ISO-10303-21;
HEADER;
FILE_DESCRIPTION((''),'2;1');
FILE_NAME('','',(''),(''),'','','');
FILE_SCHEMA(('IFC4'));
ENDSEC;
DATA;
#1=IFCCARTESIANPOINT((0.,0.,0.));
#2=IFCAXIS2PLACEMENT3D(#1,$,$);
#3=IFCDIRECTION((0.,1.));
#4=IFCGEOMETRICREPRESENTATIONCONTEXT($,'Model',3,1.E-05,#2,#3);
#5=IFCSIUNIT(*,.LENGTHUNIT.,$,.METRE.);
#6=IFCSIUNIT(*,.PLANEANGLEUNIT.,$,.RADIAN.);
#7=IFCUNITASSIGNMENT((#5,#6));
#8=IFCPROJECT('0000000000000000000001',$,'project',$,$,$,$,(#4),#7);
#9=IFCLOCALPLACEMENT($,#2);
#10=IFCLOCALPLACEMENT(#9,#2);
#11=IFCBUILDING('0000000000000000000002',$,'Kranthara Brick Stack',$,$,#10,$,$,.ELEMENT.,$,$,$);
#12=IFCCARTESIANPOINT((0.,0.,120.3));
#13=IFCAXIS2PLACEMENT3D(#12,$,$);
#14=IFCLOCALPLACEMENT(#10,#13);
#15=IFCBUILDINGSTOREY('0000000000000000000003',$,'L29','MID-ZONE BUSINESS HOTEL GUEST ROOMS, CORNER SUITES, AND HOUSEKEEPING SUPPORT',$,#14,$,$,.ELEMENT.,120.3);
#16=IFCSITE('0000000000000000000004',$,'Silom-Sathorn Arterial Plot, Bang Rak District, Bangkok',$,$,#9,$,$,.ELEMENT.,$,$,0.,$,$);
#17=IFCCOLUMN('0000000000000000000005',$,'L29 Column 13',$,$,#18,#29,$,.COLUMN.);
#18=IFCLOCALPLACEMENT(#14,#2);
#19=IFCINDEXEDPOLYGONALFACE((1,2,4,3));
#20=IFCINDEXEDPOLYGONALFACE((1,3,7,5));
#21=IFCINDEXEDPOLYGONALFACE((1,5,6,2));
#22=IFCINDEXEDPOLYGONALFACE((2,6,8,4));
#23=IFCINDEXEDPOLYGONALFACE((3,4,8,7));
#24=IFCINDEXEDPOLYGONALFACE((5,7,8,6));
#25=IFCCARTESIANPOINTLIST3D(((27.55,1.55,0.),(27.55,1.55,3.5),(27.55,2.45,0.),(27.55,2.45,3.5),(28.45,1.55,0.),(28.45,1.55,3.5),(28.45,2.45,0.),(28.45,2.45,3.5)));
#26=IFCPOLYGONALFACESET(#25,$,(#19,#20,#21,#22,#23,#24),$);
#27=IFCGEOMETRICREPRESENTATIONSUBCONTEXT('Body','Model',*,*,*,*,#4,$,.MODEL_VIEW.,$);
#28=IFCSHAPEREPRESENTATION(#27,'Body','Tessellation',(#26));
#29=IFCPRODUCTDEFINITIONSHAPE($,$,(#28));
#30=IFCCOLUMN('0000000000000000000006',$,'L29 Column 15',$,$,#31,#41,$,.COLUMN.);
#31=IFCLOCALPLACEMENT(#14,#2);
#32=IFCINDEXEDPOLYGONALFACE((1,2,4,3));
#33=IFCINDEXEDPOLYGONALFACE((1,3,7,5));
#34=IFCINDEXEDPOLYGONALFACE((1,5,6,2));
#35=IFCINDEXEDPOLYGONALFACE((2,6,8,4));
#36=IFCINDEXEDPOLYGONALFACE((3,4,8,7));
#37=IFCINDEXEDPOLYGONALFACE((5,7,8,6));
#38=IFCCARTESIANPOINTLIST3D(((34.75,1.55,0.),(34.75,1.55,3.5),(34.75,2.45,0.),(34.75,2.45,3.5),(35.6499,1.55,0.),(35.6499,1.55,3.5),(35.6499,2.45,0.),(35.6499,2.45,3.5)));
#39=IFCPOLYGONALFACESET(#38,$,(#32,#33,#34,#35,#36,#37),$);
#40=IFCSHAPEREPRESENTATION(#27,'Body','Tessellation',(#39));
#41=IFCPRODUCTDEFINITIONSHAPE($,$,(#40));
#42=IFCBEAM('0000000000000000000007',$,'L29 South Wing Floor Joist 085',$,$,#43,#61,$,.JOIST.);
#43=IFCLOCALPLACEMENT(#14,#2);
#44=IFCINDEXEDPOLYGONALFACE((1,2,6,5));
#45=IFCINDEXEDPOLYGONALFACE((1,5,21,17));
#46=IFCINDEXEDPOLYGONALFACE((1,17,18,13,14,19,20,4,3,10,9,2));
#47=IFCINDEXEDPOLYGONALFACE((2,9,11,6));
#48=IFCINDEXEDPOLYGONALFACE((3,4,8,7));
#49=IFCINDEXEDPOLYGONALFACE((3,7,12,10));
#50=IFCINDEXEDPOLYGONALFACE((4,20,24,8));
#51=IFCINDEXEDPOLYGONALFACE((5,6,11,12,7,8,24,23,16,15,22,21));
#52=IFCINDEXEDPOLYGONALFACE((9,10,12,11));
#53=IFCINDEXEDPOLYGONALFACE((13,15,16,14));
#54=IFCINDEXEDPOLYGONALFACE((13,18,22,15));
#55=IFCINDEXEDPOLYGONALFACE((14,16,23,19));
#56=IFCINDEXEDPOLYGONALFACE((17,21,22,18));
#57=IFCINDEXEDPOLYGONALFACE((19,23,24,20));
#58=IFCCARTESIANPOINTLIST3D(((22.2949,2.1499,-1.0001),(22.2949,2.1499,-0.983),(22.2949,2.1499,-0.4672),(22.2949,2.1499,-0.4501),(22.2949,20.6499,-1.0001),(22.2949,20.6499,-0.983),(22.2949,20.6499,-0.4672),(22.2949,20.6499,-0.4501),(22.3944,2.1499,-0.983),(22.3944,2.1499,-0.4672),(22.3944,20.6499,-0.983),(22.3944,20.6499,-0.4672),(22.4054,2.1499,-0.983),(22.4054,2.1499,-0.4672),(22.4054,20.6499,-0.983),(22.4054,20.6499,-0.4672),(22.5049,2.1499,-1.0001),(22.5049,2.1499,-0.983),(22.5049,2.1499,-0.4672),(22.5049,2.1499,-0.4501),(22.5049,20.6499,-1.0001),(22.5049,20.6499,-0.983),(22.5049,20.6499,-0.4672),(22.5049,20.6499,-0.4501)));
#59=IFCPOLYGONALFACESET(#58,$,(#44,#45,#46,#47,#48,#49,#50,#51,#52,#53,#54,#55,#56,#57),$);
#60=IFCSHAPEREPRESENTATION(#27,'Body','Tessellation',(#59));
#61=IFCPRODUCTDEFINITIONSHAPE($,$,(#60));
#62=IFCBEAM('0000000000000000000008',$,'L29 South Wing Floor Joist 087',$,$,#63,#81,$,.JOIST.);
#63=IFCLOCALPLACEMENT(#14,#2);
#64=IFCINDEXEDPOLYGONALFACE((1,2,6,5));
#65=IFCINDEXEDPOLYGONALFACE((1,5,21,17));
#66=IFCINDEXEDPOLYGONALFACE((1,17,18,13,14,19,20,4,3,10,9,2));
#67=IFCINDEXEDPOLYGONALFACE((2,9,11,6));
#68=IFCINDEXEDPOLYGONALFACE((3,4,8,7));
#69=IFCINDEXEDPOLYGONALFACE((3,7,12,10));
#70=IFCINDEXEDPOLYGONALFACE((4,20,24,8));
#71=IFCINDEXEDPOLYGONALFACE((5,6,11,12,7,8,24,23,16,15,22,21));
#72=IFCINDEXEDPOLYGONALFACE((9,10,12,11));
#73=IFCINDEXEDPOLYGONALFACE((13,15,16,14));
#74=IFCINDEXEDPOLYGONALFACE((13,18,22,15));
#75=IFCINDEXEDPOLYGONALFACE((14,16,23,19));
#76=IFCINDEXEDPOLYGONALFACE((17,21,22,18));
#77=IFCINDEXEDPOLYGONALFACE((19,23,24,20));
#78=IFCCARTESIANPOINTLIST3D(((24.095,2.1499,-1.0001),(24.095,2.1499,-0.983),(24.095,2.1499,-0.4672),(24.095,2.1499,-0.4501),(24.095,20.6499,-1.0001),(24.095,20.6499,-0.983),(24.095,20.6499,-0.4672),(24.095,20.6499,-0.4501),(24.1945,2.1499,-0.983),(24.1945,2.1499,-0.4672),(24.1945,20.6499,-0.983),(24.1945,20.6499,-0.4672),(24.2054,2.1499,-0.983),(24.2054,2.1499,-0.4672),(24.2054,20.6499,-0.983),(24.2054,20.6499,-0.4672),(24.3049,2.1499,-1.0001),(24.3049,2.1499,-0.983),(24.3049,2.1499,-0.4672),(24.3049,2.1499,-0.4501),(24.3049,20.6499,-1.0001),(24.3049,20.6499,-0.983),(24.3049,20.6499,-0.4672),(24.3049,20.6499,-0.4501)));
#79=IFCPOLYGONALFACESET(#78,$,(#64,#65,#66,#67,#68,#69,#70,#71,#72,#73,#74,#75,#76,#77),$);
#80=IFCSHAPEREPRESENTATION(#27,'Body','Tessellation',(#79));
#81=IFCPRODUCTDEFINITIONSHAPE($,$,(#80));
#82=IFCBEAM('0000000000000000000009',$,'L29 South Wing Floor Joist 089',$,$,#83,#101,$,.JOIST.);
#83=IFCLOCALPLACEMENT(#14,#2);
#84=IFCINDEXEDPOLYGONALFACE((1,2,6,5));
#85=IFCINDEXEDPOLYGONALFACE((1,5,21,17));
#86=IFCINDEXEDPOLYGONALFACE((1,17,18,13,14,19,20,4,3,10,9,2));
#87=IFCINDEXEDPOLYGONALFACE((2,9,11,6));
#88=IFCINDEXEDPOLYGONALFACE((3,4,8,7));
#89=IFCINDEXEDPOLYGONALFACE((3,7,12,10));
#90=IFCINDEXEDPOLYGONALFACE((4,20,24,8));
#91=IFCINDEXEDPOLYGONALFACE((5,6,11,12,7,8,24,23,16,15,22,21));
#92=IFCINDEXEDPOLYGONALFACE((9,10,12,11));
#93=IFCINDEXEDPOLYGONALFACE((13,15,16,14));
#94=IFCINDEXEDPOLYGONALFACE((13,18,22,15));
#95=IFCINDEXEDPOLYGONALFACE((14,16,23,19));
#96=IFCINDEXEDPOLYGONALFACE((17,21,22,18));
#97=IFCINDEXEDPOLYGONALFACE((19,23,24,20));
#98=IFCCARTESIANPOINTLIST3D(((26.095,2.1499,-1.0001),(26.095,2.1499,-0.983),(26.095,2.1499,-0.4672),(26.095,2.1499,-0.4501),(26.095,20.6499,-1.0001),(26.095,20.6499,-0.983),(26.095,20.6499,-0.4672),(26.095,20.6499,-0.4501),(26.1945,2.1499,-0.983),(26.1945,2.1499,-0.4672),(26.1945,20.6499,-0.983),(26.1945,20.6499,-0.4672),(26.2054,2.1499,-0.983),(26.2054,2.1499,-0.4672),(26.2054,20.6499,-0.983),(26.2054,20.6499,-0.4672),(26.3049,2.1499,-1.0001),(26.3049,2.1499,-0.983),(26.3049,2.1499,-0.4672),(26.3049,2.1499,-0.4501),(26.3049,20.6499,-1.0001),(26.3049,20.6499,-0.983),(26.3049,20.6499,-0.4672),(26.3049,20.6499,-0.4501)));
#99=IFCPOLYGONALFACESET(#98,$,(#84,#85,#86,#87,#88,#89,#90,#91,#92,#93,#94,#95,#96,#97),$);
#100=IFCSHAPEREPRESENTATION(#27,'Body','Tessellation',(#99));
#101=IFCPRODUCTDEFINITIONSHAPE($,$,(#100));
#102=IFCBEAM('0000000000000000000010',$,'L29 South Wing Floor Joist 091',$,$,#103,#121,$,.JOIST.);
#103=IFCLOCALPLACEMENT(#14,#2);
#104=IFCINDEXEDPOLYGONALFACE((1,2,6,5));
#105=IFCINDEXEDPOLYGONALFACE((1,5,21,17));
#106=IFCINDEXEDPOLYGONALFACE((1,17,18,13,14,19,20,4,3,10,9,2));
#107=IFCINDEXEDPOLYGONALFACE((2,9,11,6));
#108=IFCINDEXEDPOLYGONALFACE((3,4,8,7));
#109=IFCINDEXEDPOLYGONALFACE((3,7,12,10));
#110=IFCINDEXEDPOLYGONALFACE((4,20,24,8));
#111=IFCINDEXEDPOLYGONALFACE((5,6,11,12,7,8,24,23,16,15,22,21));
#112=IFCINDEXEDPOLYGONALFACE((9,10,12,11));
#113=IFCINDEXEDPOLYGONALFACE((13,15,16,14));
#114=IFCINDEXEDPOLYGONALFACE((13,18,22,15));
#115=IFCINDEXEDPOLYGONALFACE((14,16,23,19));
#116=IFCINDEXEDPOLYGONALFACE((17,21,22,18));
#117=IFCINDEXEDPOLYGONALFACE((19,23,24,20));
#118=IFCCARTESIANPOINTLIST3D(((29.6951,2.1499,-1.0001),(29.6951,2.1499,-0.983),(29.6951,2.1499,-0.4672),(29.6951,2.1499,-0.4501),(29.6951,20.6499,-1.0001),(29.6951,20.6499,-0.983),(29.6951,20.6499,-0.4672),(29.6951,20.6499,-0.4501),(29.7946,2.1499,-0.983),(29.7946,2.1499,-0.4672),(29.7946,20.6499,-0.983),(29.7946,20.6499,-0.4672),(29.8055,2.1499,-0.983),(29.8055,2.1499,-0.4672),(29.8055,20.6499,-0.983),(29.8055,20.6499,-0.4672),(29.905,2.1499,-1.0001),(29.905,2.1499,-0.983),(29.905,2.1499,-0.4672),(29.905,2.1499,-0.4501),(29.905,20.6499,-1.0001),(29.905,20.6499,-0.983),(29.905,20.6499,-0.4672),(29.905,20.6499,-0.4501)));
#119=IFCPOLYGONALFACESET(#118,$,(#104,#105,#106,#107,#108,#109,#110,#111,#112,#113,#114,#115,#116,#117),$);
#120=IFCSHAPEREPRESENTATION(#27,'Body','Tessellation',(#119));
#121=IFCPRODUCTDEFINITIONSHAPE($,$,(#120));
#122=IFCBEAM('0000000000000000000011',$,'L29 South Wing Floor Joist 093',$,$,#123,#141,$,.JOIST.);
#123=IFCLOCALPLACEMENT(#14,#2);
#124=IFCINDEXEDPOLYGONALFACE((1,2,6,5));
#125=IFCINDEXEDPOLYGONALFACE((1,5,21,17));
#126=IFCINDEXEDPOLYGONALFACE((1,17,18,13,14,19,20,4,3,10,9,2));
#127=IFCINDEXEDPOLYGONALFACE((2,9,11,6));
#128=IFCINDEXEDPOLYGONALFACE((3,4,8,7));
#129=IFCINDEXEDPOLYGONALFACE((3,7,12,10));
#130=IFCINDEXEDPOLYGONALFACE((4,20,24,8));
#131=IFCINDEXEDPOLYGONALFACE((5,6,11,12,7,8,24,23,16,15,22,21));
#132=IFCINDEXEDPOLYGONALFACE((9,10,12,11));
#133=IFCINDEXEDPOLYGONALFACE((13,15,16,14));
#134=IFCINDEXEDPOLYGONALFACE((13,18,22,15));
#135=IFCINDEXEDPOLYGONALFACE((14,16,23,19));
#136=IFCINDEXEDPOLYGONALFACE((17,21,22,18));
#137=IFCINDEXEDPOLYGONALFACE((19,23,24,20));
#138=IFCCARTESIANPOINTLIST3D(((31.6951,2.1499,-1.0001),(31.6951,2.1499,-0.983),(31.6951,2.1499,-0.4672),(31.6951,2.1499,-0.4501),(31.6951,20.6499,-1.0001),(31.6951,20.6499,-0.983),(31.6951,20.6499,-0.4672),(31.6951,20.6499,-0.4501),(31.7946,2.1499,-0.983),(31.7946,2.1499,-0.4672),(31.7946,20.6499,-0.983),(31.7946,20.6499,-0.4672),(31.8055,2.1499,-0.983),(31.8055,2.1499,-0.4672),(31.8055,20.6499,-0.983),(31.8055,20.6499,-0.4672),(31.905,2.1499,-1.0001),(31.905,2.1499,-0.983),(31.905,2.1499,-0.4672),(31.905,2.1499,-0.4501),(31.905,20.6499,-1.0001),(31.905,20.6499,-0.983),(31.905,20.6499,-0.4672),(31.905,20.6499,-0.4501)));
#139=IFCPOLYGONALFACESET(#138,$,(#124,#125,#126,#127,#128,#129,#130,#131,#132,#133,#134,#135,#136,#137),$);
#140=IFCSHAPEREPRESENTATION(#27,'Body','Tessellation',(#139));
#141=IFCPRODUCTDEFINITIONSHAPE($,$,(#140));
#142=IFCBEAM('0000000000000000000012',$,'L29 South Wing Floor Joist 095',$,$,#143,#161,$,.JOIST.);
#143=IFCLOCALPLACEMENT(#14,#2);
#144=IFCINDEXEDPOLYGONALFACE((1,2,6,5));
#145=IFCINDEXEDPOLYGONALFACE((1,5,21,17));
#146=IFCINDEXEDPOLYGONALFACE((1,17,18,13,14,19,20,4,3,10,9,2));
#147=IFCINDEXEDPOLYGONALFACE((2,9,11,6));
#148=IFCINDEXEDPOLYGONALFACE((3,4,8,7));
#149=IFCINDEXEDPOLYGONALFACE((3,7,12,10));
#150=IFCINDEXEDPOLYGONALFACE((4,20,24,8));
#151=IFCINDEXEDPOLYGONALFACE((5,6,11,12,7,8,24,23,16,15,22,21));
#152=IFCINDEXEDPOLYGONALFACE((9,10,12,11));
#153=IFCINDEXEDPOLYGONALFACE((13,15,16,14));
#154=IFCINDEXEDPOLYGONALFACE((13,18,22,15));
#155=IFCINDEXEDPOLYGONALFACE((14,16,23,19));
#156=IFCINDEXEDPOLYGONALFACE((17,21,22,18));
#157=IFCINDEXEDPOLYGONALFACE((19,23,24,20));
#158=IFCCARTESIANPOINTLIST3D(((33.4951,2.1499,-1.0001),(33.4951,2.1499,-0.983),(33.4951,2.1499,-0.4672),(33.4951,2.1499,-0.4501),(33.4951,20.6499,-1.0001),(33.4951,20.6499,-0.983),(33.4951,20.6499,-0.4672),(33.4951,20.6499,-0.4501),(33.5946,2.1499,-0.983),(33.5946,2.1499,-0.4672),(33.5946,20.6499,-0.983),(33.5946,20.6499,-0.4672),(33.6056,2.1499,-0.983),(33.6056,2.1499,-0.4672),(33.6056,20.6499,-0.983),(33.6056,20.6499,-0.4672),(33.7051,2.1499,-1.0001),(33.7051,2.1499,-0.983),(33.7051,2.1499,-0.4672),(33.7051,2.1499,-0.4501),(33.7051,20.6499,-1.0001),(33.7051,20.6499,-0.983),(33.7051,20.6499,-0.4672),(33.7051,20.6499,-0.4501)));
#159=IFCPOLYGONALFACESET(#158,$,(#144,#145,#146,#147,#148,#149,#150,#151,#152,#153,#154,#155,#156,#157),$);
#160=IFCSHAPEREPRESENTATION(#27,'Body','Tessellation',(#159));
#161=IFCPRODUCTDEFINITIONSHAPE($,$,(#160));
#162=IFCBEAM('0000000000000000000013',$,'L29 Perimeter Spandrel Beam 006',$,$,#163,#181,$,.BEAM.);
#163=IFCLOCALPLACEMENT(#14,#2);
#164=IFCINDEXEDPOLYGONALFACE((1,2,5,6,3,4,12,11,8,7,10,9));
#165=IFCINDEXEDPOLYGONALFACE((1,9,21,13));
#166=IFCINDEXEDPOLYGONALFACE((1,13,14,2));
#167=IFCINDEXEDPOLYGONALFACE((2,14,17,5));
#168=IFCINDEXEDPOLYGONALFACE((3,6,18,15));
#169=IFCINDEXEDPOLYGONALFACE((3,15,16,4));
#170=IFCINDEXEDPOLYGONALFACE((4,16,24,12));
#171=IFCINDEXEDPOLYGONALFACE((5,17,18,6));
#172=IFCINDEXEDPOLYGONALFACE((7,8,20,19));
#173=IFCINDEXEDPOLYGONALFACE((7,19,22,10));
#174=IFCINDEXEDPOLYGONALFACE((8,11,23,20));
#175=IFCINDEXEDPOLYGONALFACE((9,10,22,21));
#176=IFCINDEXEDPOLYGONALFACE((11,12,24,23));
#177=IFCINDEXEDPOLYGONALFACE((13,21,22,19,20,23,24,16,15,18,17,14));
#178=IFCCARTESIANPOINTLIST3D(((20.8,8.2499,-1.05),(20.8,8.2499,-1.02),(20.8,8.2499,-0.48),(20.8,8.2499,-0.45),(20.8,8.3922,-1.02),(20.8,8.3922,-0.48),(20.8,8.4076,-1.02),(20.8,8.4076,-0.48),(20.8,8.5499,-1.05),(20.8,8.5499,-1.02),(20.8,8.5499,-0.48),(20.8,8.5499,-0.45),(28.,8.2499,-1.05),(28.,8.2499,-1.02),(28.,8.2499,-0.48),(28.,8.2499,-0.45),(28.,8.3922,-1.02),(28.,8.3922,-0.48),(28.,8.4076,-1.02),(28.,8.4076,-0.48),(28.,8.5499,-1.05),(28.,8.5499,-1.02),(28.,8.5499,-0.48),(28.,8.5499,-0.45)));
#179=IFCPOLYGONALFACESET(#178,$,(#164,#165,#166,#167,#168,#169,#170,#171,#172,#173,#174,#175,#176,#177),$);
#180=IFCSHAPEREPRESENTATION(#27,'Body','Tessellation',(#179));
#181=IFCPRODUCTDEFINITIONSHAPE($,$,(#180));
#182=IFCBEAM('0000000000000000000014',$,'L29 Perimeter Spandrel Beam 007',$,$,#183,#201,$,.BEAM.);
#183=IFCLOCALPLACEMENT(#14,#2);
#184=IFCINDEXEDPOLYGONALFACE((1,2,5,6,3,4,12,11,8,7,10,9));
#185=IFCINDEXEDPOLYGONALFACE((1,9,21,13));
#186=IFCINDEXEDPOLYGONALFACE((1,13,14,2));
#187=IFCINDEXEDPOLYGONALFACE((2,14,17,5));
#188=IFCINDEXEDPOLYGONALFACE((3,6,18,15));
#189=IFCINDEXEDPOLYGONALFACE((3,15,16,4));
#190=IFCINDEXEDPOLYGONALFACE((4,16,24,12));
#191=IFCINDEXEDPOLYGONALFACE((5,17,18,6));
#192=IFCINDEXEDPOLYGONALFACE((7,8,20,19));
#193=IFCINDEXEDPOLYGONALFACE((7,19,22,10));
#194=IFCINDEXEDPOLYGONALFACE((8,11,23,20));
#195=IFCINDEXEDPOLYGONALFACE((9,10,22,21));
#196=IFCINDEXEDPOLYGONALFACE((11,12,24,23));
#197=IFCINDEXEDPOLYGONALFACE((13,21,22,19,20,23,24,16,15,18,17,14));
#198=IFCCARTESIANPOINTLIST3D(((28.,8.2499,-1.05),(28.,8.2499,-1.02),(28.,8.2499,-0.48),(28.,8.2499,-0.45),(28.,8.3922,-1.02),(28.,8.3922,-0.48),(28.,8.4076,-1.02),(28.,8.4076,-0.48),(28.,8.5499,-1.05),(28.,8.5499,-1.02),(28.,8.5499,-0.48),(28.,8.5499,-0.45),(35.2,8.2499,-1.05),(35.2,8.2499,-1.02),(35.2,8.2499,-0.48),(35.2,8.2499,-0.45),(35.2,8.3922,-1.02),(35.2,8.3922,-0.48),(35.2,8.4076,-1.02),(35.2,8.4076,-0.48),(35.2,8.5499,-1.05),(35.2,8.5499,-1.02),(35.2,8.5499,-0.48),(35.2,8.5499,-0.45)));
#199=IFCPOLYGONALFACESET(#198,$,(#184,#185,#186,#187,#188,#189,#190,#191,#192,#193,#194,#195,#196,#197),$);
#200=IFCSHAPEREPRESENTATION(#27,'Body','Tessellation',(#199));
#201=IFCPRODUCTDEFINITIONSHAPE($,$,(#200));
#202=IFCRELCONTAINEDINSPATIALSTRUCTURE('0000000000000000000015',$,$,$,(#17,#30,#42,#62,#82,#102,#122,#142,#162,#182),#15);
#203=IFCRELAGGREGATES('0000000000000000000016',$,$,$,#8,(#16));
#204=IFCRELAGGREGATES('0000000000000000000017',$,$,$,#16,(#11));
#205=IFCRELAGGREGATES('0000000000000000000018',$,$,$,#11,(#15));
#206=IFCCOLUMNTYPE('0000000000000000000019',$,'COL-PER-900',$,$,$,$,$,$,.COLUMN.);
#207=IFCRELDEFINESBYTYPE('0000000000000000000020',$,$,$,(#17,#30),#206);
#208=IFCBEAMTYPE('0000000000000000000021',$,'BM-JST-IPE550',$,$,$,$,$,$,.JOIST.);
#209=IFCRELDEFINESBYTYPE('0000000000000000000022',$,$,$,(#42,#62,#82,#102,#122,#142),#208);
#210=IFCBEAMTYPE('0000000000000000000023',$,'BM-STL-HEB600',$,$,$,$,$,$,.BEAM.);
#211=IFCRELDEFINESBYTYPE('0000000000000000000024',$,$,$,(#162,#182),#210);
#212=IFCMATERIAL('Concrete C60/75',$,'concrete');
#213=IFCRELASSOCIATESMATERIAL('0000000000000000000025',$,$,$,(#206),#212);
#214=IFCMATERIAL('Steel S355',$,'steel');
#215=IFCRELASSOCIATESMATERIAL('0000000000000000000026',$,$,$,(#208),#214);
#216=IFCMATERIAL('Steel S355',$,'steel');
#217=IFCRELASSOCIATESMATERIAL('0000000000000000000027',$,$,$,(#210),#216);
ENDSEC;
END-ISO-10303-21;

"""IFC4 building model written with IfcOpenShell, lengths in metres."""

from ifc_helpers import new_model, si_unit, direction, frame, origin, origin_2d, place, context, subcontext, project, spatial, rectangle, i_section, extrude, material, material_profile, profile_set, type_object, element, save


model = new_model("IFC4")

# Units and contexts
model_context = context("Model", 3, precision=1e-05, world=origin(), true_north=direction((0.0, 1.0)))
body_context = subcontext(model_context, "Body", "Model", "MODEL_VIEW")
ifc_project = project(units=[si_unit("LENGTHUNIT", "METRE"), si_unit("PLANEANGLEUNIT", "RADIAN")], contexts=[model_context])

# Site, building, storey
site_placement = place(None, origin())
site = spatial("IfcSite", under=ifc_project, at=site_placement, Name="Silom-Sathorn Arterial Plot, Bang Rak District, Bangkok", CompositionType="ELEMENT", RefElevation=0.0)
building_placement = place(site_placement, origin())
building = spatial("IfcBuilding", under=site, at=building_placement, Name="Kranthara Brick Stack", CompositionType="ELEMENT")
storey_placement = place(building_placement, frame((0.0, 0.0, 120.3)))
storey = spatial("IfcBuildingStorey", under=building, at=storey_placement, Name="L29", Description="MID-ZONE BUSINESS HOTEL GUEST ROOMS, CORNER SUITES, AND HOUSEKEEPING SUPPORT", CompositionType="ELEMENT", Elevation=120.3)

# Columns
ifc_material_1 = material(Name="Concrete C60/75", Category="concrete")
ifc_material_profile_1 = material_profile(ifc_material_1, rectangle(XDim=0.8999, YDim=0.8999, at=origin_2d()), Name="RC 900x900")
ifc_profile_set_1 = profile_set([ifc_material_profile_1], Name="Concrete C60/75")
column_type = type_object("IfcColumnType", Name="COL-PER-900", PredefinedType="COLUMN", material=ifc_profile_set_1)
for number, where, z_axis, x_axis, name in (
    (1, (28.0, 2.0, 0.0), (0.0, 0.0, 1.0), (1.0, 0.0, 0.0), "L29 Column 13"),
    (2, (35.2, 2.0, 0.0), (0.0, 0.0, 1.0), (1.0, 0.0, 0.0), "L29 Column 15"),
):
    element("IfcColumn", number, at=place(storey_placement, frame(where, z_axis=z_axis, x_axis=x_axis)), inside=storey, type_object=column_type, Name=name, PredefinedType="COLUMN", context=body_context, shape_type="SweptSolid", body=[
        extrude(rectangle(XDim=0.8999, YDim=0.8999, at=origin_2d()), origin(), (0.0, 0.0, 1.0), 3.5),
    ])

# Beams
ifc_material_2 = material(Name="Steel S355", Category="steel")
ifc_material_profile_2 = material_profile(ifc_material_2, i_section(OverallWidth=0.21, OverallDepth=0.55, WebThickness=0.011, FlangeThickness=0.0171, at=origin_2d()), Name="IPE 550")
ifc_profile_set_2 = profile_set([ifc_material_profile_2], Name="Steel S355")
beam_type_1 = type_object("IfcBeamType", Name="BM-JST-IPE550", PredefinedType="JOIST", material=ifc_profile_set_2)
for number, where, z_axis, x_axis, name in (
    (3, (22.3999, 2.1499, -0.7251), (0.0, 1.0, 0.0), (-1.0, 0.0, 0.0), "L29 South Wing Floor Joist 085"),
    (4, (24.2, 2.1499, -0.7251), (0.0, 1.0, 0.0), (-1.0, 0.0, 0.0), "L29 South Wing Floor Joist 087"),
    (5, (26.2, 2.1499, -0.7251), (0.0, 1.0, 0.0), (-1.0, 0.0, 0.0), "L29 South Wing Floor Joist 089"),
    (6, (29.8, 2.1499, -0.7251), (0.0, 1.0, 0.0), (-1.0, 0.0, 0.0), "L29 South Wing Floor Joist 091"),
    (7, (31.8, 2.1499, -0.7251), (0.0, 1.0, 0.0), (-1.0, 0.0, 0.0), "L29 South Wing Floor Joist 093"),
    (8, (33.6001, 2.1499, -0.7251), (0.0, 1.0, 0.0), (-1.0, 0.0, 0.0), "L29 South Wing Floor Joist 095"),
):
    element("IfcBeam", number, at=place(storey_placement, frame(where, z_axis=z_axis, x_axis=x_axis)), inside=storey, type_object=beam_type_1, Name=name, PredefinedType="JOIST", context=body_context, shape_type="SweptSolid", body=[
        extrude(i_section(OverallWidth=0.21, OverallDepth=0.55, WebThickness=0.011, FlangeThickness=0.0171, at=origin_2d()), origin(), (0.0, 0.0, 1.0), 18.5),
    ])
ifc_material_3 = material(Name="Steel S355", Category="steel")
ifc_material_profile_3 = material_profile(ifc_material_3, i_section(OverallWidth=0.3, OverallDepth=0.6001, WebThickness=0.0154, FlangeThickness=0.03, at=origin_2d()), Name="HEB 600")
ifc_profile_set_3 = profile_set([ifc_material_profile_3], Name="Steel S355")
beam_type_2 = type_object("IfcBeamType", Name="BM-STL-HEB600", PredefinedType="BEAM", material=ifc_profile_set_3)
for number, where, z_axis, x_axis, name in (
    (9, (20.8, 8.3999, -0.75), (1.0, 0.0, 0.0), (0.0, 1.0, 0.0), "L29 Perimeter Spandrel Beam 006"),
    (10, (28.0, 8.3999, -0.75), (1.0, 0.0, 0.0), (0.0, 1.0, 0.0), "L29 Perimeter Spandrel Beam 007"),
):
    element("IfcBeam", number, at=place(storey_placement, frame(where, z_axis=z_axis, x_axis=x_axis)), inside=storey, type_object=beam_type_2, Name=name, PredefinedType="BEAM", context=body_context, shape_type="SweptSolid", body=[
        extrude(i_section(OverallWidth=0.3, OverallDepth=0.6001, WebThickness=0.0154, FlangeThickness=0.03, at=origin_2d()), origin(), (0.0, 0.0, 1.0), 7.2),
    ])

save(model, "model.ifc")
